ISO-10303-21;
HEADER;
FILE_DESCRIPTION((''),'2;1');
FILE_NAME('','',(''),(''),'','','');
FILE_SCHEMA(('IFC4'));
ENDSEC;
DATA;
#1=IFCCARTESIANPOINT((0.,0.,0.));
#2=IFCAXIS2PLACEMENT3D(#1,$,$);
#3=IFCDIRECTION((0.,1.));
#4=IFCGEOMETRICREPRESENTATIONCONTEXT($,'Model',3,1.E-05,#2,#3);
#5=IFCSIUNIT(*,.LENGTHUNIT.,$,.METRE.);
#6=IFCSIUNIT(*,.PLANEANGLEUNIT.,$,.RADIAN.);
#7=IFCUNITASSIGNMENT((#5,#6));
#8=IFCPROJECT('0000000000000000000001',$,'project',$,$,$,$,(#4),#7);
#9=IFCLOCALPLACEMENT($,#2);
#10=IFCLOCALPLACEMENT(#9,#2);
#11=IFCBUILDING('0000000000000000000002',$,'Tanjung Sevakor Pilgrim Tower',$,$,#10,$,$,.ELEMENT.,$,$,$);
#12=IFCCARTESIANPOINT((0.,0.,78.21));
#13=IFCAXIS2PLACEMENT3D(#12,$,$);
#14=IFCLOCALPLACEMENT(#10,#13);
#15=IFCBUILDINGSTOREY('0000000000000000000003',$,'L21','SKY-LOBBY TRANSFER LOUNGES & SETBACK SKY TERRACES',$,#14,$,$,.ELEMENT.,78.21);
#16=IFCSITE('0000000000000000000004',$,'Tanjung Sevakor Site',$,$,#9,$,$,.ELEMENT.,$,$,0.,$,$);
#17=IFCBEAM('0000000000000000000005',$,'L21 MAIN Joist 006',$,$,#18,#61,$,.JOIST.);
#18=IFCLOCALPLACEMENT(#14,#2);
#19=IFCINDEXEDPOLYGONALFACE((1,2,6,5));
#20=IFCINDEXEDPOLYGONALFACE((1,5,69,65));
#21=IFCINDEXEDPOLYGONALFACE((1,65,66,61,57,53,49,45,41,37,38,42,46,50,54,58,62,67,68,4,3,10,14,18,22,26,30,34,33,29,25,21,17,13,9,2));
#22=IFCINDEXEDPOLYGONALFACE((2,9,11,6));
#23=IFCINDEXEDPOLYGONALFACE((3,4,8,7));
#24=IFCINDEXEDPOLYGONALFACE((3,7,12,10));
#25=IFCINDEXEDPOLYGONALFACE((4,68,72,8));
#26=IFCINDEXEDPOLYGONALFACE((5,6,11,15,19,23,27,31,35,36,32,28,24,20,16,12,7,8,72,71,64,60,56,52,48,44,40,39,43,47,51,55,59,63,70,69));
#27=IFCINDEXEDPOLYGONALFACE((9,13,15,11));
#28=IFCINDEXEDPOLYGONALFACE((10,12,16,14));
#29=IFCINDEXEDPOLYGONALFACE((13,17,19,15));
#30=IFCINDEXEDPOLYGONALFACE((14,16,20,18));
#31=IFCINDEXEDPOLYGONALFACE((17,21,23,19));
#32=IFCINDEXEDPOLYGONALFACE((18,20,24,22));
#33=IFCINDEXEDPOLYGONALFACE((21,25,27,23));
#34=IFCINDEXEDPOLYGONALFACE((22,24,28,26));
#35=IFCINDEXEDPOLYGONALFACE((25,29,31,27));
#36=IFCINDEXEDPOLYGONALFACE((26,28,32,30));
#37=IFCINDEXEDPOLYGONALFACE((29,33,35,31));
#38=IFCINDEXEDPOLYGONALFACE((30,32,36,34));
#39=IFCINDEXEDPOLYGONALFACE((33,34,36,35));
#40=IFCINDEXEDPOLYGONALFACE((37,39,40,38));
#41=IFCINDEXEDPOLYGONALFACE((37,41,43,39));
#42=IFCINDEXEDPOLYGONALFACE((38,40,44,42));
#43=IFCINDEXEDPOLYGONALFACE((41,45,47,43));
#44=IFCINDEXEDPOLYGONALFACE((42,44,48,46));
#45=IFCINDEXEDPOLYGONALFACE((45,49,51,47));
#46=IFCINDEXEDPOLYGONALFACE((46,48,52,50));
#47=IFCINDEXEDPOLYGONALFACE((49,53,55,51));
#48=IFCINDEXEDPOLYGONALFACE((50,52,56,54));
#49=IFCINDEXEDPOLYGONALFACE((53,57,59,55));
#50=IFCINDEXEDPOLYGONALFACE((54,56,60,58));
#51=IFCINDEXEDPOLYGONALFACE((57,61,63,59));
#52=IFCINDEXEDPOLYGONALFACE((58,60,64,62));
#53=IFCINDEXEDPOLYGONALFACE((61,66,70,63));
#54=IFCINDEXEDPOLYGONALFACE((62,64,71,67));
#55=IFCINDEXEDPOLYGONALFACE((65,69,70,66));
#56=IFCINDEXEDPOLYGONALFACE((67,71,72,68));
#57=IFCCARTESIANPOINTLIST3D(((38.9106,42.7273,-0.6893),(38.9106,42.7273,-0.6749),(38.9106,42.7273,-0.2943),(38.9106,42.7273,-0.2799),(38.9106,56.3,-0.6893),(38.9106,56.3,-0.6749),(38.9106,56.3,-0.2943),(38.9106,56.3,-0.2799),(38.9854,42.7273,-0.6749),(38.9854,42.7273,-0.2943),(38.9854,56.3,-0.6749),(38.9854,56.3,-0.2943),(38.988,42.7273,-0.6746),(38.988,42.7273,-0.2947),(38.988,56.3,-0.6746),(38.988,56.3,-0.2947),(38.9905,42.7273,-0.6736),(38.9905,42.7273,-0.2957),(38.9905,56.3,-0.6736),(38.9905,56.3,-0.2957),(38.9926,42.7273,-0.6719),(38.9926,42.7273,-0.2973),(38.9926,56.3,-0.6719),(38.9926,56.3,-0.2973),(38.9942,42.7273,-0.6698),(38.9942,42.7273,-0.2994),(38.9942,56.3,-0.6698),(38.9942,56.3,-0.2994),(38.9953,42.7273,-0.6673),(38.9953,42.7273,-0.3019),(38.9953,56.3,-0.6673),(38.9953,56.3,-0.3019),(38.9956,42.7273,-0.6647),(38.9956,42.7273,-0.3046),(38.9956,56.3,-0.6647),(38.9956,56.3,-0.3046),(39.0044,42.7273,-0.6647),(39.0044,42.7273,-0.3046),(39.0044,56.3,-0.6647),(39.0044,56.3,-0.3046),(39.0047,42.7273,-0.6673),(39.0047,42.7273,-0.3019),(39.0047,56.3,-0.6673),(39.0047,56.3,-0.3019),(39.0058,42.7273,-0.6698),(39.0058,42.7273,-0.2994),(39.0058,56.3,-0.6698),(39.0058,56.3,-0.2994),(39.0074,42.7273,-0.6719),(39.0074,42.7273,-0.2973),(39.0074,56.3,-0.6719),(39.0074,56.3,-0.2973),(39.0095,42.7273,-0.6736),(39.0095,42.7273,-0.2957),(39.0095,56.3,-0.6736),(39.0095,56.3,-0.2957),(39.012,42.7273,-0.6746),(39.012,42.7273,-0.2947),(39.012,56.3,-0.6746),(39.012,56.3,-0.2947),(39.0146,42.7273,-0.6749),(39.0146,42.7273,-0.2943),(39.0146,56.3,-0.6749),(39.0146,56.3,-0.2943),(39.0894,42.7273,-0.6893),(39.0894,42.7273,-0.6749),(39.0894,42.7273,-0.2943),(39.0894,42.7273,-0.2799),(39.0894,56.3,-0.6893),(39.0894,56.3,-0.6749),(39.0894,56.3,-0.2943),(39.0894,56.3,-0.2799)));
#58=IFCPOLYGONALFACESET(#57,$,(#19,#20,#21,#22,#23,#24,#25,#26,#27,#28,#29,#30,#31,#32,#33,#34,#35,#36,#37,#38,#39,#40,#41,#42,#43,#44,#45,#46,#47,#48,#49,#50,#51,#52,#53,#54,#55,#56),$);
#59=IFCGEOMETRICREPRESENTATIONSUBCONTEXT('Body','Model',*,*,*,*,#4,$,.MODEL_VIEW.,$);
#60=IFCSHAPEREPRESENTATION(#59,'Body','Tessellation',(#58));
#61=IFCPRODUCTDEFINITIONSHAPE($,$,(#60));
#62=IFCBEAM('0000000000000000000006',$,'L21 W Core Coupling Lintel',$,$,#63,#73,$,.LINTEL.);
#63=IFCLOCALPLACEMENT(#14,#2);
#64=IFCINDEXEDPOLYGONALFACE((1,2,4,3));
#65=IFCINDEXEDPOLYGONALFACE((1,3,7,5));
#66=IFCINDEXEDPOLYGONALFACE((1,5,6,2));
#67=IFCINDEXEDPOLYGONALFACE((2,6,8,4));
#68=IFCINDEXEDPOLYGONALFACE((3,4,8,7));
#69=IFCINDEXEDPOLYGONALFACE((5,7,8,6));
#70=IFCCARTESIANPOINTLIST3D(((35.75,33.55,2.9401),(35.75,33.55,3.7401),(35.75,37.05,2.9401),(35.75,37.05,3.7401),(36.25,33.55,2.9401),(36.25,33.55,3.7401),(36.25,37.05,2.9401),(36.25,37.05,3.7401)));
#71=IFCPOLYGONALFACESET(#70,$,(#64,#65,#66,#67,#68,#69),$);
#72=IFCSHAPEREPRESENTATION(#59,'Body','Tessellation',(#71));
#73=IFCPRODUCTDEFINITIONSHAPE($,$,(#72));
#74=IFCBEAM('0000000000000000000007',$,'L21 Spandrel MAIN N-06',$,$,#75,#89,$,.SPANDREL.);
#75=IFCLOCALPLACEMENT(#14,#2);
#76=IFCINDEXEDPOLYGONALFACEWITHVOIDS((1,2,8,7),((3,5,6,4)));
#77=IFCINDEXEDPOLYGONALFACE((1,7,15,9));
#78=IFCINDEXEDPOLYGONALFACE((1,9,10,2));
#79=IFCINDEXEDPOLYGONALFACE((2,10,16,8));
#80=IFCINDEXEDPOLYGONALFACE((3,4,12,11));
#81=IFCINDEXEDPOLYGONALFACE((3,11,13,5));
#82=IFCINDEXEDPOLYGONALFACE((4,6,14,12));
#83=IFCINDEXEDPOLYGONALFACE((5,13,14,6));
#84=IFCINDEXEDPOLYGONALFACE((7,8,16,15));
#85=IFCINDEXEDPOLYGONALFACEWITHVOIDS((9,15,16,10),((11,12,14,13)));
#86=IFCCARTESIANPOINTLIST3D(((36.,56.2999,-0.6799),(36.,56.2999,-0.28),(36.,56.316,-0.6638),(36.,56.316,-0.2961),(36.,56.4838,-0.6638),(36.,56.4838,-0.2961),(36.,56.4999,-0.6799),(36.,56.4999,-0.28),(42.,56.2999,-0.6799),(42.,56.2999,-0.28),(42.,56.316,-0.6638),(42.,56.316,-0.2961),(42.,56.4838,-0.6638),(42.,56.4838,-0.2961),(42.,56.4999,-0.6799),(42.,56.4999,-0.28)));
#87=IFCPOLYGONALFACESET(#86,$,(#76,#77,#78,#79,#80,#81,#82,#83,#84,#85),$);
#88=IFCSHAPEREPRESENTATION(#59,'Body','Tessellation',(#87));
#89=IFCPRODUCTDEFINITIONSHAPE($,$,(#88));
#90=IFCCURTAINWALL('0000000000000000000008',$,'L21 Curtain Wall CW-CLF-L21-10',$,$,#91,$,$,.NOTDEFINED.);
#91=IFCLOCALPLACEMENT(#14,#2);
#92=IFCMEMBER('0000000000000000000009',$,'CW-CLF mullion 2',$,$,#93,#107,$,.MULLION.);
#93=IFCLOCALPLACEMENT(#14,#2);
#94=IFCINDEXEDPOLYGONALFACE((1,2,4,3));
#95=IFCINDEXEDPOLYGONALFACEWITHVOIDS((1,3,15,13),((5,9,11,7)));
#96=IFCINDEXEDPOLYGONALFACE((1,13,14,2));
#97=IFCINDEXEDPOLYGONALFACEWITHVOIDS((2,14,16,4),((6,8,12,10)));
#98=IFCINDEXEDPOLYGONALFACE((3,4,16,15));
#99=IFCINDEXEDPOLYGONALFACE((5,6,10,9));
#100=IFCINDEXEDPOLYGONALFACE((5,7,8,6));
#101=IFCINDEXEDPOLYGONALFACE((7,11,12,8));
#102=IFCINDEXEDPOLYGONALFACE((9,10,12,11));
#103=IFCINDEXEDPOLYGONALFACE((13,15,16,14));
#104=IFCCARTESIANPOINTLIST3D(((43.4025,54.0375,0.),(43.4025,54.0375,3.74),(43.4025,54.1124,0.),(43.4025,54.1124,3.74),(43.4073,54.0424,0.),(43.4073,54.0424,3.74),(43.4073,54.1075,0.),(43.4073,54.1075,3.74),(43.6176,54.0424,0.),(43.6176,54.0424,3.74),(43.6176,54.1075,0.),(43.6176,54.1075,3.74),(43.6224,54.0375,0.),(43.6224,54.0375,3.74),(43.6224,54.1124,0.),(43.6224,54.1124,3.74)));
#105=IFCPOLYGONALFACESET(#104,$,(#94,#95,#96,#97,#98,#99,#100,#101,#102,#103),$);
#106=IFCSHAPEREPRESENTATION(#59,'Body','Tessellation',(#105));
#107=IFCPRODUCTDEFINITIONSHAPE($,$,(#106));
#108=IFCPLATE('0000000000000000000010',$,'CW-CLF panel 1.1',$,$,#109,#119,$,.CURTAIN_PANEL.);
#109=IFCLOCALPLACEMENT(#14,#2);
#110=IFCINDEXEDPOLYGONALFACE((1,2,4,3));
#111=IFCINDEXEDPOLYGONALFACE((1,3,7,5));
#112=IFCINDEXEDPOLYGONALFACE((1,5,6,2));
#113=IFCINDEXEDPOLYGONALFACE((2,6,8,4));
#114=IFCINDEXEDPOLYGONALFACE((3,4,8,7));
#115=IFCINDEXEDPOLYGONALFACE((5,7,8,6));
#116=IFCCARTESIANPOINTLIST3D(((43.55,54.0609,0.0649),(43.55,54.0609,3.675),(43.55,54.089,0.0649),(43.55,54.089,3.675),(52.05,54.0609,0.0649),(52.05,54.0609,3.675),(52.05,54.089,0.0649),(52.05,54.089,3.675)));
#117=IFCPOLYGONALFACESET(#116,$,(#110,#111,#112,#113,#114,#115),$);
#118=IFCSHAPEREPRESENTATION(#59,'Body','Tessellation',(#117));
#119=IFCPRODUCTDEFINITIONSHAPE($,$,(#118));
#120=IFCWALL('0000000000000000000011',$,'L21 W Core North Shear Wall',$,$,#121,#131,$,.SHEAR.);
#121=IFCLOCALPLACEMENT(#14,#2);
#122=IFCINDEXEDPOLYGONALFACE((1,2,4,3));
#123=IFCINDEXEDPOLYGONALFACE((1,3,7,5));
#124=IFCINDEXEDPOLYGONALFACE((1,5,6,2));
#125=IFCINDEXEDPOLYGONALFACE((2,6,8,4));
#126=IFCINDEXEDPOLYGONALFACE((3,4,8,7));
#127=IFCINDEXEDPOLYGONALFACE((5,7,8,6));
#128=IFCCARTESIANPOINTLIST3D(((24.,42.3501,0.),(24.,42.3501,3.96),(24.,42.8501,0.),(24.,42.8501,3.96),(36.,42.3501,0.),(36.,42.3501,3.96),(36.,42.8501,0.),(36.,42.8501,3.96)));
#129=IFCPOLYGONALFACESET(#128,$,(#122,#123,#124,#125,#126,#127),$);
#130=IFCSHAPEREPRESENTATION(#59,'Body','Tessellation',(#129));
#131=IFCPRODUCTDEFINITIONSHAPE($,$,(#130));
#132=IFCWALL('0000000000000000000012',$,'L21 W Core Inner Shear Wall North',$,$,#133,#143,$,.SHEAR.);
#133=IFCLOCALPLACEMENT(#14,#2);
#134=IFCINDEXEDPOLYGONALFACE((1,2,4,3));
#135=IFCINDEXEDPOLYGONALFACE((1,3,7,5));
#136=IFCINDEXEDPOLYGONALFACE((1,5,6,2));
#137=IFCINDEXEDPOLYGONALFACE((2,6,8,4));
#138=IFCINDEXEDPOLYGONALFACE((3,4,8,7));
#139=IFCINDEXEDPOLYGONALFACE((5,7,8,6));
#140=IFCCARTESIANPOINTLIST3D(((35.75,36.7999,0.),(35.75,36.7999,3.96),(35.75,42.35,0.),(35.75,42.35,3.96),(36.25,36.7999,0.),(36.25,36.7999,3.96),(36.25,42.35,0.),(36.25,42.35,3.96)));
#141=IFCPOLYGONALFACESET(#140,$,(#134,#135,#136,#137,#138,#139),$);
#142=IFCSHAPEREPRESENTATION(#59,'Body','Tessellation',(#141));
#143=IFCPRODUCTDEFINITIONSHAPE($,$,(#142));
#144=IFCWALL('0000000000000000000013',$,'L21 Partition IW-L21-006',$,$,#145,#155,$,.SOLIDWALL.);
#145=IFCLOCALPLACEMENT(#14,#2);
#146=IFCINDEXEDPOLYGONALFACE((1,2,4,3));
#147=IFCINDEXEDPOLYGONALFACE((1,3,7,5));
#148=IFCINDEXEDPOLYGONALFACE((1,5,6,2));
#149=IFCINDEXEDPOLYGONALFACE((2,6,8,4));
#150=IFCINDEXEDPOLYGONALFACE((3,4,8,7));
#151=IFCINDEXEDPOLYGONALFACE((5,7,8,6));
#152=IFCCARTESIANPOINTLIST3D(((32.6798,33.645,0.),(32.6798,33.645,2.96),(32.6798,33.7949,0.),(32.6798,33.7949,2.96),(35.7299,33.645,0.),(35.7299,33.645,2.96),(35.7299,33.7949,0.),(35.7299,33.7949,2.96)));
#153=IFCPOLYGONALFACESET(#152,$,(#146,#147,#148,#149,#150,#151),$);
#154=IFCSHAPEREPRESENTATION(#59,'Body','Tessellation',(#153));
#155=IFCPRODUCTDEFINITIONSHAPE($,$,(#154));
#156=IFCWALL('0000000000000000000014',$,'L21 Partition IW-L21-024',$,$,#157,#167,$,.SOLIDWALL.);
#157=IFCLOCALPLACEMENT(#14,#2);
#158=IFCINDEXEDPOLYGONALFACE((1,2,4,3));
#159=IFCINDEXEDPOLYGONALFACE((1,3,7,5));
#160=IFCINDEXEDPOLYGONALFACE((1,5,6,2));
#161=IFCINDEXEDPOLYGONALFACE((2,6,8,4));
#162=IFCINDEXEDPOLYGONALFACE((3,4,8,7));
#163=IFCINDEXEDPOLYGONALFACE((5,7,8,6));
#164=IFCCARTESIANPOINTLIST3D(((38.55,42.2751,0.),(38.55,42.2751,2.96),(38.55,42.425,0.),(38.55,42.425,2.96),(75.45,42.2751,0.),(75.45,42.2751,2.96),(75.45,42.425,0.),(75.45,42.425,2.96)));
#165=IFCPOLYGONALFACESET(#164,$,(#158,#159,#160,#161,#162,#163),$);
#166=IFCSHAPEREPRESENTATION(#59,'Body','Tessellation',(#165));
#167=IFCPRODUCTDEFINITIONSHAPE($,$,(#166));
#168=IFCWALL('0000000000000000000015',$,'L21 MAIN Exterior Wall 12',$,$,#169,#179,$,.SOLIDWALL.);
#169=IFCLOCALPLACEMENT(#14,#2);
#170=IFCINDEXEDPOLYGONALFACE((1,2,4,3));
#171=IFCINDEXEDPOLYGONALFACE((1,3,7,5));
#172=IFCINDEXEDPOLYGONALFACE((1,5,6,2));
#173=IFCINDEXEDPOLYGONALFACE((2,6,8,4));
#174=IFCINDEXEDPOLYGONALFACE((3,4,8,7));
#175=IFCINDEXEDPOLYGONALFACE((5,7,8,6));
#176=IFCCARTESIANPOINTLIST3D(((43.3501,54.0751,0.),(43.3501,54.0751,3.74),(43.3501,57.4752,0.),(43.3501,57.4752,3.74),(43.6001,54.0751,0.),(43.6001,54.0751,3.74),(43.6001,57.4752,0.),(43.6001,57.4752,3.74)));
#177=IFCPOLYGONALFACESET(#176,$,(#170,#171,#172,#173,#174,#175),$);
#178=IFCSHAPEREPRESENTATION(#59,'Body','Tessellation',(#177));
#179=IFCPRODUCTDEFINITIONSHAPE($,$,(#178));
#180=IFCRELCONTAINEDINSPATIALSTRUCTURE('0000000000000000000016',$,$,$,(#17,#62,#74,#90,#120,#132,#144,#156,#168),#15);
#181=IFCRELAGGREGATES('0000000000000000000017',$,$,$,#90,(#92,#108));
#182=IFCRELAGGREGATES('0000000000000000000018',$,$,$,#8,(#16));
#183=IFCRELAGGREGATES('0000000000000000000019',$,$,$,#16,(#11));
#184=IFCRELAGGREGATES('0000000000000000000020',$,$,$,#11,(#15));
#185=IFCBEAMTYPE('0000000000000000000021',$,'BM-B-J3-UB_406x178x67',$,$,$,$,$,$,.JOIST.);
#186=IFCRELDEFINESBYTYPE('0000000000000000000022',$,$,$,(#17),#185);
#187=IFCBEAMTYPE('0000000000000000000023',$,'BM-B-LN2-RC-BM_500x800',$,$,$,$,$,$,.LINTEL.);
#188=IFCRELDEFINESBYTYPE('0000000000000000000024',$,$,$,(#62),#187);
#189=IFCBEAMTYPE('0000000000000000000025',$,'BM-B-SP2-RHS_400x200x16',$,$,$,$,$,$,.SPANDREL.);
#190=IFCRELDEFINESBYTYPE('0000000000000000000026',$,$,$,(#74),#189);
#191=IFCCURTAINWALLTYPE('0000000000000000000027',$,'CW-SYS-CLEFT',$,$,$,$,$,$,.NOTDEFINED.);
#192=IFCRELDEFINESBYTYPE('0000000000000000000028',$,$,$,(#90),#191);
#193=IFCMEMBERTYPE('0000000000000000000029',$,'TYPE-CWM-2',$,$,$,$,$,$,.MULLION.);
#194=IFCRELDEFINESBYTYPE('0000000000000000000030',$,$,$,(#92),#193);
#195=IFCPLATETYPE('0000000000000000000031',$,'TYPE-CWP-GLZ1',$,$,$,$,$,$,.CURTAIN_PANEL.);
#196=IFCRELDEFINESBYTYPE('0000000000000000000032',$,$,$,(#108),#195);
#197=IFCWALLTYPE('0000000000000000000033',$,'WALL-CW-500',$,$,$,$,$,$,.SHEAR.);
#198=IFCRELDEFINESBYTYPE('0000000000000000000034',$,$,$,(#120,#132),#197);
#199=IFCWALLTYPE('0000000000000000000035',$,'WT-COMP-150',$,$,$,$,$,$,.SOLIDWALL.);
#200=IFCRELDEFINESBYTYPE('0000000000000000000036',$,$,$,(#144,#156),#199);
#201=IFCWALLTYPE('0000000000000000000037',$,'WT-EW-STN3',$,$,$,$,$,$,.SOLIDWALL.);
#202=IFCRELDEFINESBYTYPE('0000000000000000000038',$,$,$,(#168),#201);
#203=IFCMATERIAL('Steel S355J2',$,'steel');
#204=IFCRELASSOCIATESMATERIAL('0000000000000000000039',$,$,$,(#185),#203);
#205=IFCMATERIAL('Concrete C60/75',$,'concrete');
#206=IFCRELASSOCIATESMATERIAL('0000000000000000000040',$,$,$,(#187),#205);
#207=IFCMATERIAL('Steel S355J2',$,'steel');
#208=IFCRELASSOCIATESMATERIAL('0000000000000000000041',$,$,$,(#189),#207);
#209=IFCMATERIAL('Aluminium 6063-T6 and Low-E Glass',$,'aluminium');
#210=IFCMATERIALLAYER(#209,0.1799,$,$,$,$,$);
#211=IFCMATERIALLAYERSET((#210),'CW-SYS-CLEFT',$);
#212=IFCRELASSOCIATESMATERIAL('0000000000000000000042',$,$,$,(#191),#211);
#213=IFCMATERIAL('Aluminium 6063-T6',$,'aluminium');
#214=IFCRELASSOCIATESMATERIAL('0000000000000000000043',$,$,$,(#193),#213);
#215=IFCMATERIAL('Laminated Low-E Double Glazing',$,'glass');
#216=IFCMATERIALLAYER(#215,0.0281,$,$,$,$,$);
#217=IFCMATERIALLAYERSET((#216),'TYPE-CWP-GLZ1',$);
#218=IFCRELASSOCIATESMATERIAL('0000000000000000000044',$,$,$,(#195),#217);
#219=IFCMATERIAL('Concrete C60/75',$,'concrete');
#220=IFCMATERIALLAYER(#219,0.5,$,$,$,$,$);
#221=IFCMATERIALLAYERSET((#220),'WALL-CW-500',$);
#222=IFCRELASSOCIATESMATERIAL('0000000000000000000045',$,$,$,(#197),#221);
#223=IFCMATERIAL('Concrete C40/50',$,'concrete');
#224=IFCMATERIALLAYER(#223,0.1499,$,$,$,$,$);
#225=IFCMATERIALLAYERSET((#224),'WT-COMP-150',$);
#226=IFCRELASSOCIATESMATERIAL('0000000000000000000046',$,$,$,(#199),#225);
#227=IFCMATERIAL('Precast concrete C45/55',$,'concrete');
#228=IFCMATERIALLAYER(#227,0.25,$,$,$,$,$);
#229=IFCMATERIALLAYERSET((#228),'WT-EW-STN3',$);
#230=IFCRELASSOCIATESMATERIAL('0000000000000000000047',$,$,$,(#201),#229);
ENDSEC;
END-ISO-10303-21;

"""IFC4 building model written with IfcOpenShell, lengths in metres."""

from ifc_helpers import new_model, si_unit, direction, frame, frame_2d, origin, origin_2d, place, context, subcontext, project, spatial, rectangle, hollow_rectangle, i_section, extrude, material, layer, layer_set, material_profile, profile_set, type_object, element, aggregate, save


model = new_model("IFC4")

# Units and contexts
model_context = context("Model", 3, precision=1e-05, world=origin(), true_north=direction((0.0, 1.0)))
body_context = subcontext(model_context, "Body", "Model", "MODEL_VIEW")
ifc_project = project(units=[si_unit("LENGTHUNIT", "METRE"), si_unit("PLANEANGLEUNIT", "RADIAN")], contexts=[model_context])

# Site, building, storey
site_placement = place(None, origin())
site = spatial("IfcSite", under=ifc_project, at=site_placement, Name="Tanjung Sevakor Site", CompositionType="ELEMENT", RefElevation=0.0)
building_placement = place(site_placement, origin())
building = spatial("IfcBuilding", under=site, at=building_placement, Name="Tanjung Sevakor Pilgrim Tower", CompositionType="ELEMENT")
storey_placement = place(building_placement, frame((0.0, 0.0, 78.21)))
storey = spatial("IfcBuildingStorey", under=building, at=storey_placement, Name="L21", Description="SKY-LOBBY TRANSFER LOUNGES & SETBACK SKY TERRACES", CompositionType="ELEMENT", Elevation=78.21)

# Beams
ifc_material_1 = material(Name="Steel S355J2", Category="steel")
ifc_material_profile_1 = material_profile(ifc_material_1, i_section(OverallWidth=0.1787, OverallDepth=0.4094, WebThickness=0.0088, FlangeThickness=0.0144, FilletRadius=0.0103, at=origin_2d()))
ifc_profile_set_1 = profile_set([ifc_material_profile_1], Name="Steel S355J2")
beam_type_1 = type_object("IfcBeamType", Name="BM-B-J3-UB_406x178x67", PredefinedType="JOIST", material=ifc_profile_set_1)
for number, where, z_axis, x_axis, name in (
    (1, (39.0, 42.7273, -0.4846), (0.0, 1.0, 0.0), (-1.0, 0.0, 0.0), "L21 MAIN Joist 006"),
):
    element("IfcBeam", number, at=place(storey_placement, frame(where, z_axis=z_axis, x_axis=x_axis)), inside=storey, type_object=beam_type_1, Name=name, PredefinedType="JOIST", context=body_context, shape_type="SweptSolid", body=[
        extrude(i_section(OverallWidth=0.1787, OverallDepth=0.4094, WebThickness=0.0088, FlangeThickness=0.0144, FilletRadius=0.0103, at=origin_2d()), origin(), (0.0, 0.0, 1.0), 13.5728),
    ])
ifc_material_2 = material(Name="Concrete C60/75", Category="concrete")
ifc_material_profile_2 = material_profile(ifc_material_2, rectangle(XDim=0.5, YDim=0.8, at=origin_2d()))
ifc_profile_set_2 = profile_set([ifc_material_profile_2], Name="Concrete C60/75")
beam_type_2 = type_object("IfcBeamType", Name="BM-B-LN2-RC-BM_500x800", PredefinedType="LINTEL", material=ifc_profile_set_2)
beam_1_placement = place(storey_placement, frame((36.0, 33.55, 3.3401), z_axis=(0.0, 1.0, 0.0), x_axis=(-1.0, 0.0, 0.0)))
element("IfcBeam", 2, at=beam_1_placement, inside=storey, type_object=beam_type_2, Name="L21 W Core Coupling Lintel", PredefinedType="LINTEL", context=body_context, shape_type="SweptSolid", body=[
    extrude(rectangle(XDim=0.5, YDim=0.8, at=origin_2d()), origin(), (0.0, 0.0, 1.0), 3.5),
])
ifc_material_3 = material(Name="Steel S355J2", Category="steel")
ifc_material_profile_3 = material_profile(ifc_material_3, hollow_rectangle(XDim=0.2, YDim=0.3999, WallThickness=0.0161, at=origin_2d()))
ifc_profile_set_3 = profile_set([ifc_material_profile_3], Name="Steel S355J2")
beam_type_3 = type_object("IfcBeamType", Name="BM-B-SP2-RHS_400x200x16", PredefinedType="SPANDREL", material=ifc_profile_set_3)
beam_2_placement = place(storey_placement, frame((36.0, 56.3999, -0.48), z_axis=(1.0, 0.0, 0.0), x_axis=(0.0, 1.0, 0.0)))
element("IfcBeam", 3, at=beam_2_placement, inside=storey, type_object=beam_type_3, Name="L21 Spandrel MAIN N-06", PredefinedType="SPANDREL", context=body_context, shape_type="SweptSolid", body=[
    extrude(hollow_rectangle(XDim=0.2, YDim=0.3999, WallThickness=0.0161, at=origin_2d()), origin(), (0.0, 0.0, 1.0), 6.0),
])

# Curtain wall, member, plate
ifc_material_4 = material(Name="Aluminium 6063-T6 and Low-E Glass", Category="aluminium")
ifc_layer_1 = layer(ifc_material_4, 0.1799)
ifc_layer_set_1 = layer_set([ifc_layer_1], Name="CW-SYS-CLEFT")
curtain_wall_type = type_object("IfcCurtainWallType", Name="CW-SYS-CLEFT", PredefinedType="NOTDEFINED", material=ifc_layer_set_1)
curtain_wall_placement = place(storey_placement, origin())
curtain_wall = element("IfcCurtainWall", 4, at=curtain_wall_placement, inside=storey, type_object=curtain_wall_type, Name="L21 Curtain Wall CW-CLF-L21-10", PredefinedType="NOTDEFINED")
ifc_material_5 = material(Name="Aluminium 6063-T6", Category="aluminium")
ifc_material_profile_4 = material_profile(ifc_material_5, hollow_rectangle(XDim=0.075, YDim=0.22, WallThickness=0.0049, at=origin_2d()))
ifc_profile_set_4 = profile_set([ifc_material_profile_4], Name="Aluminium 6063-T6")
member_type = type_object("IfcMemberType", Name="TYPE-CWM-2", PredefinedType="MULLION", material=ifc_profile_set_4)
member_placement = place(storey_placement, frame((43.5125, 54.075, 0.0), z_axis=(0.0, 0.0, 1.0), x_axis=(0.0, -1.0, 0.0)))
member = element("IfcMember", 5, at=member_placement, type_object=member_type, Name="CW-CLF mullion 2", PredefinedType="MULLION", context=body_context, shape_type="SweptSolid", body=[
    extrude(hollow_rectangle(XDim=0.075, YDim=0.22, WallThickness=0.0049, at=origin_2d()), origin(), (0.0, 0.0, 1.0), 3.74),
])
ifc_material_6 = material(Name="Laminated Low-E Double Glazing", Category="glass")
ifc_layer_2 = layer(ifc_material_6, 0.0281)
ifc_layer_set_2 = layer_set([ifc_layer_2], Name="TYPE-CWP-GLZ1")
plate_type = type_object("IfcPlateType", Name="TYPE-CWP-GLZ1", PredefinedType="CURTAIN_PANEL", material=ifc_layer_set_2)
plate_placement = place(storey_placement, frame((47.8, 54.075, 0.0649), z_axis=(0.0, 0.0, 1.0), x_axis=(-1.0, 0.0, 0.0)))
plate = element("IfcPlate", 6, at=plate_placement, type_object=plate_type, Name="CW-CLF panel 1.1", PredefinedType="CURTAIN_PANEL", context=body_context, shape_type="SweptSolid", body=[
    extrude(rectangle(XDim=8.5, YDim=0.0281, at=origin_2d()), origin(), (0.0, 0.0, 1.0), 3.6101),
])
aggregate(curtain_wall, [member, plate])

# Walls
ifc_material_7 = material(Name="Concrete C60/75", Category="concrete")
ifc_layer_3 = layer(ifc_material_7, 0.5)
ifc_layer_set_3 = layer_set([ifc_layer_3], Name="WALL-CW-500")
wall_type_1 = type_object("IfcWallType", Name="WALL-CW-500", PredefinedType="SHEAR", material=ifc_layer_set_3)
wall_1_placement = place(storey_placement, frame((36.0, 42.6001, 0.0), z_axis=(0.0, 0.0, 1.0), x_axis=(-1.0, 0.0, 0.0)))
element("IfcWall", 7, at=wall_1_placement, inside=storey, type_object=wall_type_1, Name="L21 W Core North Shear Wall", PredefinedType="SHEAR", context=body_context, shape_type="SweptSolid", body=[
    extrude(rectangle(XDim=12.0, YDim=0.5, at=frame_2d((6.0, 0.0))), origin(), (0.0, 0.0, 1.0), 3.96),
])
wall_2_placement = place(storey_placement, frame((36.0, 36.8, 0.0), z_axis=(0.0, 0.0, 1.0), x_axis=(0.0, 1.0, 0.0)))
element("IfcWall", 8, at=wall_2_placement, inside=storey, type_object=wall_type_1, Name="L21 W Core Inner Shear Wall North", PredefinedType="SHEAR", context=body_context, shape_type="SweptSolid", body=[
    extrude(rectangle(XDim=5.55, YDim=0.5, at=frame_2d((2.7749, 0.0))), origin(), (0.0, 0.0, 1.0), 3.96),
])
ifc_material_8 = material(Name="Concrete C40/50", Category="concrete")
ifc_layer_4 = layer(ifc_material_8, 0.1499)
ifc_layer_set_4 = layer_set([ifc_layer_4], Name="WT-COMP-150")
wall_type_2 = type_object("IfcWallType", Name="WT-COMP-150", PredefinedType="SOLIDWALL", material=ifc_layer_set_4)
wall_3_placement = place(storey_placement, frame((32.6799, 33.72, 0.0), z_axis=(0.0, 0.0, 1.0), x_axis=(1.0, 0.0, 0.0)))
element("IfcWall", 9, at=wall_3_placement, inside=storey, type_object=wall_type_2, Name="L21 Partition IW-L21-006", PredefinedType="SOLIDWALL", context=body_context, shape_type="SweptSolid", body=[
    extrude(rectangle(XDim=3.05, YDim=0.1499, at=frame_2d((1.5249, 0.0))), origin(), (0.0, 0.0, 1.0), 2.96),
])
wall_4_placement = place(storey_placement, frame((38.55, 42.3501, 0.0), z_axis=(0.0, 0.0, 1.0), x_axis=(1.0, 0.0, 0.0)))
element("IfcWall", 10, at=wall_4_placement, inside=storey, type_object=wall_type_2, Name="L21 Partition IW-L21-024", PredefinedType="SOLIDWALL", context=body_context, shape_type="SweptSolid", body=[
    extrude(rectangle(XDim=36.8999, YDim=0.1499, at=frame_2d((18.45, 0.0))), origin(), (0.0, 0.0, 1.0), 2.96),
])
ifc_material_9 = material(Name="Precast concrete C45/55", Category="concrete")
ifc_layer_5 = layer(ifc_material_9, 0.25)
ifc_layer_set_5 = layer_set([ifc_layer_5], Name="WT-EW-STN3")
wall_type_3 = type_object("IfcWallType", Name="WT-EW-STN3", PredefinedType="SOLIDWALL", material=ifc_layer_set_5)
wall_5_placement = place(storey_placement, frame((43.4751, 54.075, 0.0), z_axis=(0.0, 0.0, 1.0), x_axis=(0.0, 1.0, 0.0)))
element("IfcWall", 11, at=wall_5_placement, inside=storey, type_object=wall_type_3, Name="L21 MAIN Exterior Wall 12", PredefinedType="SOLIDWALL", context=body_context, shape_type="SweptSolid", body=[
    extrude(rectangle(XDim=3.4001, YDim=0.25, at=frame_2d((1.7002, 0.0))), origin(), (0.0, 0.0, 1.0), 3.74),
])

save(model, "model.ifc")
